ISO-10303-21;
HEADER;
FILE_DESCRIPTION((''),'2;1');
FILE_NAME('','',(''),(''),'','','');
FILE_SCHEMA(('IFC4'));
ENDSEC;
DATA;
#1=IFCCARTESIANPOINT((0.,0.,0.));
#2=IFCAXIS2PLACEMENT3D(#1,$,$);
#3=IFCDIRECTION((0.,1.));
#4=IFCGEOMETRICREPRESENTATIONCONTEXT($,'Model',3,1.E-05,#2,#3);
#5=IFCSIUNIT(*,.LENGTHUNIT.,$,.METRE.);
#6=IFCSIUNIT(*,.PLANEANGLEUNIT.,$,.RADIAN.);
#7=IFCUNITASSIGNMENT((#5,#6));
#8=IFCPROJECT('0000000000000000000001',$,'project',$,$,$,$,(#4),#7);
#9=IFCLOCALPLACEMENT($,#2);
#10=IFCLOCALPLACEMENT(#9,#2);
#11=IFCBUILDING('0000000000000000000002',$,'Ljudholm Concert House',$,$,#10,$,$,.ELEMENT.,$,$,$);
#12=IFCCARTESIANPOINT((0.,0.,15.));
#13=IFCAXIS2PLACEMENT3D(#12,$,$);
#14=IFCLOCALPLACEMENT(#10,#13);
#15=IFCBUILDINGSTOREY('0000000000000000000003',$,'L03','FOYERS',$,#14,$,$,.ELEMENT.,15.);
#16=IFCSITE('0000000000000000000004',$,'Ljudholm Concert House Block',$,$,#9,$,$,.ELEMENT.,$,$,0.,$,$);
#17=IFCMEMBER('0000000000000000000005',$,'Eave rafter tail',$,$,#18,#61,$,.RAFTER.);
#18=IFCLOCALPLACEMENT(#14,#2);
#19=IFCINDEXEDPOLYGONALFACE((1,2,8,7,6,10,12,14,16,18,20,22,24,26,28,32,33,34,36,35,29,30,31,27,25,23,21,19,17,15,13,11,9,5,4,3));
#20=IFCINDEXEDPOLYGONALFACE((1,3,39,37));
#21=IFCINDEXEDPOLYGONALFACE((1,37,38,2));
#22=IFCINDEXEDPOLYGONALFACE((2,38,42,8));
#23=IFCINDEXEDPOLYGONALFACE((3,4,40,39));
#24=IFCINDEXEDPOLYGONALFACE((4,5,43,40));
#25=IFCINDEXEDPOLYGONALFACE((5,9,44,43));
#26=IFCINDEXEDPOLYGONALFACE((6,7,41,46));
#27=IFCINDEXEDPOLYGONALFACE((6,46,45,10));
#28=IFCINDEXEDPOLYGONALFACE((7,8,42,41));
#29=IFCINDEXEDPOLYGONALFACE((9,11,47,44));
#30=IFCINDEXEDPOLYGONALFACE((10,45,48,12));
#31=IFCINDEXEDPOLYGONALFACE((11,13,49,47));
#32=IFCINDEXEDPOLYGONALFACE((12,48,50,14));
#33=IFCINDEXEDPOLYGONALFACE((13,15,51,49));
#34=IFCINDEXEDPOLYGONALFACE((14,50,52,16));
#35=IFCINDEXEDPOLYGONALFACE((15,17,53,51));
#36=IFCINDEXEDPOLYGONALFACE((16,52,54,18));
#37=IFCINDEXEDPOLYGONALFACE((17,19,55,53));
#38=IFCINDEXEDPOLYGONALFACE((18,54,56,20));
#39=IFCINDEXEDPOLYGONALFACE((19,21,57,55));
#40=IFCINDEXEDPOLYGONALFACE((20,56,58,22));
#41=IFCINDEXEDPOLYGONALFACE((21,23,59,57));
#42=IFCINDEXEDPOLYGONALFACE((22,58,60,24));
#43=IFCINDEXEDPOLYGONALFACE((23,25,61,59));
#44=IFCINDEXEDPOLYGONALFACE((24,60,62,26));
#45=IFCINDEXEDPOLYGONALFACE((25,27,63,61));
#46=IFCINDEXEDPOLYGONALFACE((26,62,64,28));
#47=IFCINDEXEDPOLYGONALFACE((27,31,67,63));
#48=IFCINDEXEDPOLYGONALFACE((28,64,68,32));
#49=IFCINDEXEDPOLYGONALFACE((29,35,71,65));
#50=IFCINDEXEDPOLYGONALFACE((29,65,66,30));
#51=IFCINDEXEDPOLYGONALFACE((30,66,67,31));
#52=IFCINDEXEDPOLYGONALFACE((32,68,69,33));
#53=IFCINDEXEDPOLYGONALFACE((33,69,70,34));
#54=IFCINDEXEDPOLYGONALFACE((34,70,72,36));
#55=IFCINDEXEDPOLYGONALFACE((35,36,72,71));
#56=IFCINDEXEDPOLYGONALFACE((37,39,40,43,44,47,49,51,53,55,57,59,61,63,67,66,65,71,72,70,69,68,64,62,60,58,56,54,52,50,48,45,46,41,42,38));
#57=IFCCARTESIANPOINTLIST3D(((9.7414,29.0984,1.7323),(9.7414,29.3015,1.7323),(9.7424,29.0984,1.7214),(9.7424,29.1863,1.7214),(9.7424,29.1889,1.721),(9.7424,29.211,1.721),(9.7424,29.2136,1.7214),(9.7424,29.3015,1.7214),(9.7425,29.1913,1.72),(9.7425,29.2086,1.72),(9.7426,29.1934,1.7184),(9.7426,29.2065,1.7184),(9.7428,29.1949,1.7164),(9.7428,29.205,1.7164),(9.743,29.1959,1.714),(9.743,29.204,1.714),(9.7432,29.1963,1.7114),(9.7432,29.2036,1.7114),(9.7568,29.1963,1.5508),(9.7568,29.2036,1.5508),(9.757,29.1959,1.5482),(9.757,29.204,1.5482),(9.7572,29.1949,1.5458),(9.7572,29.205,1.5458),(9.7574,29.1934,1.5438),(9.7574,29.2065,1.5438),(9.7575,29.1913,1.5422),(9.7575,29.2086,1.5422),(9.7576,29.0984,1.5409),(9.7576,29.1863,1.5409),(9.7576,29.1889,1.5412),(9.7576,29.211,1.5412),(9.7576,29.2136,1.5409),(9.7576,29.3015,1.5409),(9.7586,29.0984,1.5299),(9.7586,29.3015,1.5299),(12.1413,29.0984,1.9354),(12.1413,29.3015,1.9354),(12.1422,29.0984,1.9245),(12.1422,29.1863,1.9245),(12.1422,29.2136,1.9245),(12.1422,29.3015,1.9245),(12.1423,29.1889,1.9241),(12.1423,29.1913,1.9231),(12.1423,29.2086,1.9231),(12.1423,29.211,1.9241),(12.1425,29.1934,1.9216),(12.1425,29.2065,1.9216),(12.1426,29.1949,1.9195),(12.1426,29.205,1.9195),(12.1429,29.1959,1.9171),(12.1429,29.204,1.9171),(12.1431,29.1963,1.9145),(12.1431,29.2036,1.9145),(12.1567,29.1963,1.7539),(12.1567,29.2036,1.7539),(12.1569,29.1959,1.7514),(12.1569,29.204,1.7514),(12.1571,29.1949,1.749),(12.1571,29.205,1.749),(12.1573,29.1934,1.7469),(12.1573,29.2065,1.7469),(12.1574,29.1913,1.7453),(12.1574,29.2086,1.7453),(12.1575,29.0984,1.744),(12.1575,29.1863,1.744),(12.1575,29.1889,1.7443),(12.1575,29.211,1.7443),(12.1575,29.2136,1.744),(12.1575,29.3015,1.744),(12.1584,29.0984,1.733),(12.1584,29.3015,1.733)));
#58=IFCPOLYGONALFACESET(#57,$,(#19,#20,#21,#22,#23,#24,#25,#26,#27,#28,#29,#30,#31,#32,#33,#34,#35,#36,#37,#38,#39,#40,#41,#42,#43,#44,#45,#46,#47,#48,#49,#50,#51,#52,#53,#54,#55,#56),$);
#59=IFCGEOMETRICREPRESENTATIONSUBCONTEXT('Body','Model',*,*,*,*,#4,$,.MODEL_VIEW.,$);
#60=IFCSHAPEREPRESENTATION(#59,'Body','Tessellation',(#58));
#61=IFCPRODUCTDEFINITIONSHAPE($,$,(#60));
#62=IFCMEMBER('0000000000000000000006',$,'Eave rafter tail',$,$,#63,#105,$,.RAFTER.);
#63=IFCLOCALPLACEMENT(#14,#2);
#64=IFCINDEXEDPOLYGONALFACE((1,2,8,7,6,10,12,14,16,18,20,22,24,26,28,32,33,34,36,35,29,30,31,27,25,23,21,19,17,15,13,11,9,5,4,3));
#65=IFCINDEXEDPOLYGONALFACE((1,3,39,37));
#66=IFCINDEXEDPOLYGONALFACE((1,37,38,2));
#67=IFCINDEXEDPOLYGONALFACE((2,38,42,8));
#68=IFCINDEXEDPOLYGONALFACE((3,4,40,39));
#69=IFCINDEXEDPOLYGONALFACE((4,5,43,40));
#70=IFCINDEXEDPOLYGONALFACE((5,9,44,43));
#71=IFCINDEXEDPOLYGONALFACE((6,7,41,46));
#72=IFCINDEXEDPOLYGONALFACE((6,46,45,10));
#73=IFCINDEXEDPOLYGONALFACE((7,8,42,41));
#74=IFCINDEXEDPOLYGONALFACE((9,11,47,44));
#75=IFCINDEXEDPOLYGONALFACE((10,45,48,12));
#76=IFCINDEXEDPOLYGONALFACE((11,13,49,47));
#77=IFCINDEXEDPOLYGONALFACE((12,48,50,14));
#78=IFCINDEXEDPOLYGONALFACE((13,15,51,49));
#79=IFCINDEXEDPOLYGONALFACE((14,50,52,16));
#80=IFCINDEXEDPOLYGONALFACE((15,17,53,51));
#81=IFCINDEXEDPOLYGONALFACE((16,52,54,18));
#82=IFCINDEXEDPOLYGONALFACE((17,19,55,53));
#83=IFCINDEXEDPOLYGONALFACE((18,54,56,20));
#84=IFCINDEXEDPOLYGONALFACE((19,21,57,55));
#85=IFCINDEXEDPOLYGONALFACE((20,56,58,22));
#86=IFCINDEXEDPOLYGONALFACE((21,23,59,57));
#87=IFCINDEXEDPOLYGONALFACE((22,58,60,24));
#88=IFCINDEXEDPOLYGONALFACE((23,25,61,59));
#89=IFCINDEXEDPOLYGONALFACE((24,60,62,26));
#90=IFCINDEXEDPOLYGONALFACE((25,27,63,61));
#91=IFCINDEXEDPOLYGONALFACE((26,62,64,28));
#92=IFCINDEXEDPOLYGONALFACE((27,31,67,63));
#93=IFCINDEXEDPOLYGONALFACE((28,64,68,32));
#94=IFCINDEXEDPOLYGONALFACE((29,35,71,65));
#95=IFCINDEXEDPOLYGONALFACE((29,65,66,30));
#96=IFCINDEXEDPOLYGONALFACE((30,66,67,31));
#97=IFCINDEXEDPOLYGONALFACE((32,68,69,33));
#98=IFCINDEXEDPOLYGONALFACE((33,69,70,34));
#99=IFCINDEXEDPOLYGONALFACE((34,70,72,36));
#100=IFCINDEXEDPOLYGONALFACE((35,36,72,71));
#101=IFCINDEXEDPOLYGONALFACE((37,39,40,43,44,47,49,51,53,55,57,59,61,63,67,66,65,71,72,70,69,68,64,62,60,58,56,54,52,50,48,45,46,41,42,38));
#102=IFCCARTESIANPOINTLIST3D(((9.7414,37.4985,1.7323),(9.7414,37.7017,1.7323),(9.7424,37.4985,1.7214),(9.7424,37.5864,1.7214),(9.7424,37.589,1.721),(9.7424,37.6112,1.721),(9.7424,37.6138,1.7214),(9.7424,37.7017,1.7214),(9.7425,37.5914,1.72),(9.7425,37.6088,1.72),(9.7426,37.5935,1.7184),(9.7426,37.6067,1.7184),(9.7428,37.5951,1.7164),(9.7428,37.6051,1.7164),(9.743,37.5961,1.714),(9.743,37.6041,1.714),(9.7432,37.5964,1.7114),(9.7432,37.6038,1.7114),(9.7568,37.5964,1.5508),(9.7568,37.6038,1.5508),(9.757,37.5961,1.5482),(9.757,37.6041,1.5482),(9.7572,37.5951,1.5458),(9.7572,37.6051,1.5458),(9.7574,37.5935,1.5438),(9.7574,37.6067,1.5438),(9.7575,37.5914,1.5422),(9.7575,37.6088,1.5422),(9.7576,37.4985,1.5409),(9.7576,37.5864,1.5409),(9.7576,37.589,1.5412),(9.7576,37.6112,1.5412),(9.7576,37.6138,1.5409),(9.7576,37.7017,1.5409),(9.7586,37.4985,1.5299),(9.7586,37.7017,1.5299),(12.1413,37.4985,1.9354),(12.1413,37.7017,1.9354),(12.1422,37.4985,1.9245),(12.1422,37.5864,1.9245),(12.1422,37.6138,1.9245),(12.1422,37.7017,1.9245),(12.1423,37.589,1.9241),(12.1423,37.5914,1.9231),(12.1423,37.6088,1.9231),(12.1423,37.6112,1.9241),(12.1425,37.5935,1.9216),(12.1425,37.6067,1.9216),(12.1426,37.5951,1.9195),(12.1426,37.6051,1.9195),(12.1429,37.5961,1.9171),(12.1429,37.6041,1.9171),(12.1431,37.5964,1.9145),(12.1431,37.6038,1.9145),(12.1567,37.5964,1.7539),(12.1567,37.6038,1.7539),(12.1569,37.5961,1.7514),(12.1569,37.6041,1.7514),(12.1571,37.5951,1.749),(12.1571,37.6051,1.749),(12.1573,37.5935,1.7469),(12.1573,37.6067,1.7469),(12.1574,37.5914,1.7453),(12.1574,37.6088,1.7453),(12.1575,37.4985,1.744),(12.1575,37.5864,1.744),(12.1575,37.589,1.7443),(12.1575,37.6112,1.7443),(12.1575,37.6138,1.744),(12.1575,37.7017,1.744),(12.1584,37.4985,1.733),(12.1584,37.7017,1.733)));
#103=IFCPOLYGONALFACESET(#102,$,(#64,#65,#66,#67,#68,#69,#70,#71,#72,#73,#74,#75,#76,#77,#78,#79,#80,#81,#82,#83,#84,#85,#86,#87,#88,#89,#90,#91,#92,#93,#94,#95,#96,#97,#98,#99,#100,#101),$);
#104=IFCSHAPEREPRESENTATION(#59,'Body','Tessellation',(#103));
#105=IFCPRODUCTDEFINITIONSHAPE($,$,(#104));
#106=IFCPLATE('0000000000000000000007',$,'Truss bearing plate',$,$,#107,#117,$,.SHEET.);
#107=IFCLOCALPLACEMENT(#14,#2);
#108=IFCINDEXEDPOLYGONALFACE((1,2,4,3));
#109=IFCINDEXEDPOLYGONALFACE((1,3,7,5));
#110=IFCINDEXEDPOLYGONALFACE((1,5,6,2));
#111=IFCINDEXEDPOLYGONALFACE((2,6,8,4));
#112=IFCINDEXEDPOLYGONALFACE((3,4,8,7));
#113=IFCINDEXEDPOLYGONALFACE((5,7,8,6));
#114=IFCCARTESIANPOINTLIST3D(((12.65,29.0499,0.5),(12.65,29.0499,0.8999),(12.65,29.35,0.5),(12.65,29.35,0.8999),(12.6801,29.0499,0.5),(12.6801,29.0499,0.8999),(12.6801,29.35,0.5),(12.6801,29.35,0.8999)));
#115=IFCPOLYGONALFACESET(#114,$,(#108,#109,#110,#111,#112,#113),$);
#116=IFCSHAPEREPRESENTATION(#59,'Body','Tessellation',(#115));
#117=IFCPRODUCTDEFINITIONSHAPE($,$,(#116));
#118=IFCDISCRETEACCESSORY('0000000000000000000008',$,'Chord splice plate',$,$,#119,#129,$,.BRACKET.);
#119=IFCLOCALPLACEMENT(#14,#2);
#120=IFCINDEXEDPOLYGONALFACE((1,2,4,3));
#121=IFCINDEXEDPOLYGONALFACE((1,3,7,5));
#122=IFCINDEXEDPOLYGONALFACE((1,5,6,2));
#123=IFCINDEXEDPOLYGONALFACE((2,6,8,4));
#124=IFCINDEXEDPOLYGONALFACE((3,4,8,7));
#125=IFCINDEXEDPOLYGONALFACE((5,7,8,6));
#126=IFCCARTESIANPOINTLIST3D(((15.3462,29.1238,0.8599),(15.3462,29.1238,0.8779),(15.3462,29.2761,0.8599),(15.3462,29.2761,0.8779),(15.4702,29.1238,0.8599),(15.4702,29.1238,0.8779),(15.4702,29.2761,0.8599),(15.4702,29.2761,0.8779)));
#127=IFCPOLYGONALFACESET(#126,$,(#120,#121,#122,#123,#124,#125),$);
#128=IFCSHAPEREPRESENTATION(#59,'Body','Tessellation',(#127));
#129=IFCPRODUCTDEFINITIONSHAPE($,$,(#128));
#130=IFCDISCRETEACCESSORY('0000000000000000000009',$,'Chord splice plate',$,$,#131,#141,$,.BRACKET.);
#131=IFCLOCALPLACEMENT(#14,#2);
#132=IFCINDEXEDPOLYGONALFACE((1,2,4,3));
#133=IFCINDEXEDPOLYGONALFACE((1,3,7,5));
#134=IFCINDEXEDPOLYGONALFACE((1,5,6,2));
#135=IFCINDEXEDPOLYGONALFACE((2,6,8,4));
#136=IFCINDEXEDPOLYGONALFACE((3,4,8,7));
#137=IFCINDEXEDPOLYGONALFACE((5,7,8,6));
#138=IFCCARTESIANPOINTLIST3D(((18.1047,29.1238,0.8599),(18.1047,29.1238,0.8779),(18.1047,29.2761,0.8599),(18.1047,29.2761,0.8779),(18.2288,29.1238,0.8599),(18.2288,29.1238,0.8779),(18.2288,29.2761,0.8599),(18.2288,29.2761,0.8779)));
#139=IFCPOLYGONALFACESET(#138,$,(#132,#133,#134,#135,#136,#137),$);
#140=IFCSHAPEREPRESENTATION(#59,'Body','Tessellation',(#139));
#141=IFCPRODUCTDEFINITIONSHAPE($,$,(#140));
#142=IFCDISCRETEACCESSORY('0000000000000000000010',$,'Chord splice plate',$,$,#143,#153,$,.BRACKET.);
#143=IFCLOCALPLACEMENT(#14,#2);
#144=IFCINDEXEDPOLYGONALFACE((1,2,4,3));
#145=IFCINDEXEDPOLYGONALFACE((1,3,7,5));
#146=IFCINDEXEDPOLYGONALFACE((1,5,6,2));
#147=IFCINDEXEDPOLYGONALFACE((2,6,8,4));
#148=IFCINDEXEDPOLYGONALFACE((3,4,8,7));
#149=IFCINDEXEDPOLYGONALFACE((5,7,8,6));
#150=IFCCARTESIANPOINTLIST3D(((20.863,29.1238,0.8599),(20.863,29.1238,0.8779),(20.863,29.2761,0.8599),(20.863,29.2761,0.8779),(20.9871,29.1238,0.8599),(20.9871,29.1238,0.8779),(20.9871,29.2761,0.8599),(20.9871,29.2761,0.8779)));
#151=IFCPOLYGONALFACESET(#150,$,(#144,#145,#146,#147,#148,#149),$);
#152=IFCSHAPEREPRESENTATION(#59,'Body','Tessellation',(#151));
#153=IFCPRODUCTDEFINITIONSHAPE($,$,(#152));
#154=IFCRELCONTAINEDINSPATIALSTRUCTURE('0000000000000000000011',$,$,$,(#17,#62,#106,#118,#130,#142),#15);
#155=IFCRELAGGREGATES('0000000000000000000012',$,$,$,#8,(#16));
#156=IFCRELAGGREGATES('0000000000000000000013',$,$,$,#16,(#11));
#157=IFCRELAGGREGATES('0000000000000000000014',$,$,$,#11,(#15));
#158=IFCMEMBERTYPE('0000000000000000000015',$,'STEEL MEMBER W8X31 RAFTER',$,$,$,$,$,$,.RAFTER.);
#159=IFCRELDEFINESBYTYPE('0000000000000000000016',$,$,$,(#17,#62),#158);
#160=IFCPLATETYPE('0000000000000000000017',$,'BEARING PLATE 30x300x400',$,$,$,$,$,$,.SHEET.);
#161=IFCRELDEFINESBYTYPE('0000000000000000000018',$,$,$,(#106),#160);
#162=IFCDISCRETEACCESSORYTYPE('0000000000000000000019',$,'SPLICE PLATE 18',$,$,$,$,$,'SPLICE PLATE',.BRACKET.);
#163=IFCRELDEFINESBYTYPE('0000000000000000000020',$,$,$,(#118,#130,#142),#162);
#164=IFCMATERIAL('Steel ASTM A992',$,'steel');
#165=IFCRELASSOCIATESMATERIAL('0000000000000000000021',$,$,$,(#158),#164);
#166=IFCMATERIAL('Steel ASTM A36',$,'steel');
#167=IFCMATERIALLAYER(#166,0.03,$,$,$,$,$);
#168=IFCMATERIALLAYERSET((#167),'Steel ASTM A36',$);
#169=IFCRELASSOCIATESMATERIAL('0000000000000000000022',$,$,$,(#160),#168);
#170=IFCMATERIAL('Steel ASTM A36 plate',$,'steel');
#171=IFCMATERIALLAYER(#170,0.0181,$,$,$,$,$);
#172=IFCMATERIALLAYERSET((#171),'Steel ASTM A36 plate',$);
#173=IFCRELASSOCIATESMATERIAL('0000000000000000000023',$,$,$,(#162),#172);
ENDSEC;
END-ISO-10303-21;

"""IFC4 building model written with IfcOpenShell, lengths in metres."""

from ifc_helpers import new_model, si_unit, direction, frame, origin, origin_2d, place, context, subcontext, project, spatial, rectangle, i_section, extrude, material, layer, layer_set, material_profile, profile_set, type_object, element, save


model = new_model("IFC4")

# Units and contexts
model_context = context("Model", 3, precision=1e-05, world=origin(), true_north=direction((0.0, 1.0)))
body_context = subcontext(model_context, "Body", "Model", "MODEL_VIEW")
ifc_project = project(units=[si_unit("LENGTHUNIT", "METRE"), si_unit("PLANEANGLEUNIT", "RADIAN")], contexts=[model_context])

# Site, building, storey
site_placement = place(None, origin())
site = spatial("IfcSite", under=ifc_project, at=site_placement, Name="Ljudholm Concert House Block", CompositionType="ELEMENT", RefElevation=0.0)
building_placement = place(site_placement, origin())
building = spatial("IfcBuilding", under=site, at=building_placement, Name="Ljudholm Concert House", CompositionType="ELEMENT")
storey_placement = place(building_placement, frame((0.0, 0.0, 15.0)))
storey = spatial("IfcBuildingStorey", under=building, at=storey_placement, Name="L03", Description="FOYERS", CompositionType="ELEMENT", Elevation=15.0)

# Members
ifc_material_1 = material(Name="Steel ASTM A992", Category="steel")
ifc_material_profile_1 = material_profile(ifc_material_1, i_section(OverallWidth=0.2031, OverallDepth=0.2031, WebThickness=0.0073, FlangeThickness=0.011, FilletRadius=0.01, at=origin_2d()), Name="W8X31")
ifc_profile_set_1 = profile_set([ifc_material_profile_1], Name="Steel ASTM A992")
member_type_1 = type_object("IfcMemberType", Name="STEEL MEMBER W8X31 RAFTER", PredefinedType="RAFTER", material=ifc_profile_set_1)
for number, where, z_axis, x_axis, name in (
    (1, (9.75, 29.2, 1.6311), (0.996437, 0.0, 0.084337), (0.0, 1.0, 0.0), "Eave rafter tail"),
    (2, (9.75, 37.6001, 1.6311), (0.996437, 0.0, 0.084337), (0.0, 1.0, 0.0), "Eave rafter tail"),
):
    element("IfcMember", number, at=place(storey_placement, frame(where, z_axis=z_axis, x_axis=x_axis)), inside=storey, type_object=member_type_1, Name=name, PredefinedType="RAFTER", context=body_context, shape_type="SweptSolid", body=[
        extrude(i_section(OverallWidth=0.2031, OverallDepth=0.2031, WebThickness=0.0073, FlangeThickness=0.011, FilletRadius=0.01, at=origin_2d()), origin(), (0.0, 0.0, 1.0), 2.4084),
    ])

# Plate
ifc_material_2 = material(Name="Steel ASTM A36", Category="steel")
ifc_layer_1 = layer(ifc_material_2, 0.03)
ifc_layer_set_1 = layer_set([ifc_layer_1], Name="Steel ASTM A36")
plate_type = type_object("IfcPlateType", Name="BEARING PLATE 30x300x400", PredefinedType="SHEET", material=ifc_layer_set_1)
plate_placement = place(storey_placement, frame((12.665, 29.2, 0.5), z_axis=(0.0, 0.0, 1.0), x_axis=(1.0, 0.0, 0.0)))
element("IfcPlate", 3, at=plate_placement, inside=storey, type_object=plate_type, Name="Truss bearing plate", PredefinedType="SHEET", context=body_context, shape_type="SweptSolid", body=[
    extrude(rectangle(XDim=0.03, YDim=0.3, at=origin_2d()), origin(), (0.0, 0.0, 1.0), 0.3999),
])

# Discrete accessories
ifc_material_3 = material(Name="Steel ASTM A36 plate", Category="steel")
ifc_layer_2 = layer(ifc_material_3, 0.0181)
ifc_layer_set_2 = layer_set([ifc_layer_2], Name="Steel ASTM A36 plate")
discrete_accessory_type = type_object("IfcDiscreteAccessoryType", Name="SPLICE PLATE 18", ElementType="SPLICE PLATE", PredefinedType="BRACKET", material=ifc_layer_set_2)
for number, where, z_axis, x_axis, name in (
    (4, (15.4082, 29.2, 0.8599), (0.0, 0.0, 1.0), (1.0, 0.0, 0.0), "Chord splice plate"),
    (5, (18.1667, 29.2, 0.8599), (0.0, 0.0, 1.0), (1.0, 0.0, 0.0), "Chord splice plate"),
    (6, (20.925, 29.2, 0.8599), (0.0, 0.0, 1.0), (1.0, 0.0, 0.0), "Chord splice plate"),
):
    element("IfcDiscreteAccessory", number, at=place(storey_placement, frame(where, z_axis=z_axis, x_axis=x_axis)), inside=storey, type_object=discrete_accessory_type, Name=name, PredefinedType="BRACKET", context=body_context, shape_type="SweptSolid", body=[
        extrude(rectangle(XDim=0.124, YDim=0.1523, at=origin_2d()), origin(), (0.0, 0.0, 1.0), 0.0181),
    ])

save(model, "model.ifc")
